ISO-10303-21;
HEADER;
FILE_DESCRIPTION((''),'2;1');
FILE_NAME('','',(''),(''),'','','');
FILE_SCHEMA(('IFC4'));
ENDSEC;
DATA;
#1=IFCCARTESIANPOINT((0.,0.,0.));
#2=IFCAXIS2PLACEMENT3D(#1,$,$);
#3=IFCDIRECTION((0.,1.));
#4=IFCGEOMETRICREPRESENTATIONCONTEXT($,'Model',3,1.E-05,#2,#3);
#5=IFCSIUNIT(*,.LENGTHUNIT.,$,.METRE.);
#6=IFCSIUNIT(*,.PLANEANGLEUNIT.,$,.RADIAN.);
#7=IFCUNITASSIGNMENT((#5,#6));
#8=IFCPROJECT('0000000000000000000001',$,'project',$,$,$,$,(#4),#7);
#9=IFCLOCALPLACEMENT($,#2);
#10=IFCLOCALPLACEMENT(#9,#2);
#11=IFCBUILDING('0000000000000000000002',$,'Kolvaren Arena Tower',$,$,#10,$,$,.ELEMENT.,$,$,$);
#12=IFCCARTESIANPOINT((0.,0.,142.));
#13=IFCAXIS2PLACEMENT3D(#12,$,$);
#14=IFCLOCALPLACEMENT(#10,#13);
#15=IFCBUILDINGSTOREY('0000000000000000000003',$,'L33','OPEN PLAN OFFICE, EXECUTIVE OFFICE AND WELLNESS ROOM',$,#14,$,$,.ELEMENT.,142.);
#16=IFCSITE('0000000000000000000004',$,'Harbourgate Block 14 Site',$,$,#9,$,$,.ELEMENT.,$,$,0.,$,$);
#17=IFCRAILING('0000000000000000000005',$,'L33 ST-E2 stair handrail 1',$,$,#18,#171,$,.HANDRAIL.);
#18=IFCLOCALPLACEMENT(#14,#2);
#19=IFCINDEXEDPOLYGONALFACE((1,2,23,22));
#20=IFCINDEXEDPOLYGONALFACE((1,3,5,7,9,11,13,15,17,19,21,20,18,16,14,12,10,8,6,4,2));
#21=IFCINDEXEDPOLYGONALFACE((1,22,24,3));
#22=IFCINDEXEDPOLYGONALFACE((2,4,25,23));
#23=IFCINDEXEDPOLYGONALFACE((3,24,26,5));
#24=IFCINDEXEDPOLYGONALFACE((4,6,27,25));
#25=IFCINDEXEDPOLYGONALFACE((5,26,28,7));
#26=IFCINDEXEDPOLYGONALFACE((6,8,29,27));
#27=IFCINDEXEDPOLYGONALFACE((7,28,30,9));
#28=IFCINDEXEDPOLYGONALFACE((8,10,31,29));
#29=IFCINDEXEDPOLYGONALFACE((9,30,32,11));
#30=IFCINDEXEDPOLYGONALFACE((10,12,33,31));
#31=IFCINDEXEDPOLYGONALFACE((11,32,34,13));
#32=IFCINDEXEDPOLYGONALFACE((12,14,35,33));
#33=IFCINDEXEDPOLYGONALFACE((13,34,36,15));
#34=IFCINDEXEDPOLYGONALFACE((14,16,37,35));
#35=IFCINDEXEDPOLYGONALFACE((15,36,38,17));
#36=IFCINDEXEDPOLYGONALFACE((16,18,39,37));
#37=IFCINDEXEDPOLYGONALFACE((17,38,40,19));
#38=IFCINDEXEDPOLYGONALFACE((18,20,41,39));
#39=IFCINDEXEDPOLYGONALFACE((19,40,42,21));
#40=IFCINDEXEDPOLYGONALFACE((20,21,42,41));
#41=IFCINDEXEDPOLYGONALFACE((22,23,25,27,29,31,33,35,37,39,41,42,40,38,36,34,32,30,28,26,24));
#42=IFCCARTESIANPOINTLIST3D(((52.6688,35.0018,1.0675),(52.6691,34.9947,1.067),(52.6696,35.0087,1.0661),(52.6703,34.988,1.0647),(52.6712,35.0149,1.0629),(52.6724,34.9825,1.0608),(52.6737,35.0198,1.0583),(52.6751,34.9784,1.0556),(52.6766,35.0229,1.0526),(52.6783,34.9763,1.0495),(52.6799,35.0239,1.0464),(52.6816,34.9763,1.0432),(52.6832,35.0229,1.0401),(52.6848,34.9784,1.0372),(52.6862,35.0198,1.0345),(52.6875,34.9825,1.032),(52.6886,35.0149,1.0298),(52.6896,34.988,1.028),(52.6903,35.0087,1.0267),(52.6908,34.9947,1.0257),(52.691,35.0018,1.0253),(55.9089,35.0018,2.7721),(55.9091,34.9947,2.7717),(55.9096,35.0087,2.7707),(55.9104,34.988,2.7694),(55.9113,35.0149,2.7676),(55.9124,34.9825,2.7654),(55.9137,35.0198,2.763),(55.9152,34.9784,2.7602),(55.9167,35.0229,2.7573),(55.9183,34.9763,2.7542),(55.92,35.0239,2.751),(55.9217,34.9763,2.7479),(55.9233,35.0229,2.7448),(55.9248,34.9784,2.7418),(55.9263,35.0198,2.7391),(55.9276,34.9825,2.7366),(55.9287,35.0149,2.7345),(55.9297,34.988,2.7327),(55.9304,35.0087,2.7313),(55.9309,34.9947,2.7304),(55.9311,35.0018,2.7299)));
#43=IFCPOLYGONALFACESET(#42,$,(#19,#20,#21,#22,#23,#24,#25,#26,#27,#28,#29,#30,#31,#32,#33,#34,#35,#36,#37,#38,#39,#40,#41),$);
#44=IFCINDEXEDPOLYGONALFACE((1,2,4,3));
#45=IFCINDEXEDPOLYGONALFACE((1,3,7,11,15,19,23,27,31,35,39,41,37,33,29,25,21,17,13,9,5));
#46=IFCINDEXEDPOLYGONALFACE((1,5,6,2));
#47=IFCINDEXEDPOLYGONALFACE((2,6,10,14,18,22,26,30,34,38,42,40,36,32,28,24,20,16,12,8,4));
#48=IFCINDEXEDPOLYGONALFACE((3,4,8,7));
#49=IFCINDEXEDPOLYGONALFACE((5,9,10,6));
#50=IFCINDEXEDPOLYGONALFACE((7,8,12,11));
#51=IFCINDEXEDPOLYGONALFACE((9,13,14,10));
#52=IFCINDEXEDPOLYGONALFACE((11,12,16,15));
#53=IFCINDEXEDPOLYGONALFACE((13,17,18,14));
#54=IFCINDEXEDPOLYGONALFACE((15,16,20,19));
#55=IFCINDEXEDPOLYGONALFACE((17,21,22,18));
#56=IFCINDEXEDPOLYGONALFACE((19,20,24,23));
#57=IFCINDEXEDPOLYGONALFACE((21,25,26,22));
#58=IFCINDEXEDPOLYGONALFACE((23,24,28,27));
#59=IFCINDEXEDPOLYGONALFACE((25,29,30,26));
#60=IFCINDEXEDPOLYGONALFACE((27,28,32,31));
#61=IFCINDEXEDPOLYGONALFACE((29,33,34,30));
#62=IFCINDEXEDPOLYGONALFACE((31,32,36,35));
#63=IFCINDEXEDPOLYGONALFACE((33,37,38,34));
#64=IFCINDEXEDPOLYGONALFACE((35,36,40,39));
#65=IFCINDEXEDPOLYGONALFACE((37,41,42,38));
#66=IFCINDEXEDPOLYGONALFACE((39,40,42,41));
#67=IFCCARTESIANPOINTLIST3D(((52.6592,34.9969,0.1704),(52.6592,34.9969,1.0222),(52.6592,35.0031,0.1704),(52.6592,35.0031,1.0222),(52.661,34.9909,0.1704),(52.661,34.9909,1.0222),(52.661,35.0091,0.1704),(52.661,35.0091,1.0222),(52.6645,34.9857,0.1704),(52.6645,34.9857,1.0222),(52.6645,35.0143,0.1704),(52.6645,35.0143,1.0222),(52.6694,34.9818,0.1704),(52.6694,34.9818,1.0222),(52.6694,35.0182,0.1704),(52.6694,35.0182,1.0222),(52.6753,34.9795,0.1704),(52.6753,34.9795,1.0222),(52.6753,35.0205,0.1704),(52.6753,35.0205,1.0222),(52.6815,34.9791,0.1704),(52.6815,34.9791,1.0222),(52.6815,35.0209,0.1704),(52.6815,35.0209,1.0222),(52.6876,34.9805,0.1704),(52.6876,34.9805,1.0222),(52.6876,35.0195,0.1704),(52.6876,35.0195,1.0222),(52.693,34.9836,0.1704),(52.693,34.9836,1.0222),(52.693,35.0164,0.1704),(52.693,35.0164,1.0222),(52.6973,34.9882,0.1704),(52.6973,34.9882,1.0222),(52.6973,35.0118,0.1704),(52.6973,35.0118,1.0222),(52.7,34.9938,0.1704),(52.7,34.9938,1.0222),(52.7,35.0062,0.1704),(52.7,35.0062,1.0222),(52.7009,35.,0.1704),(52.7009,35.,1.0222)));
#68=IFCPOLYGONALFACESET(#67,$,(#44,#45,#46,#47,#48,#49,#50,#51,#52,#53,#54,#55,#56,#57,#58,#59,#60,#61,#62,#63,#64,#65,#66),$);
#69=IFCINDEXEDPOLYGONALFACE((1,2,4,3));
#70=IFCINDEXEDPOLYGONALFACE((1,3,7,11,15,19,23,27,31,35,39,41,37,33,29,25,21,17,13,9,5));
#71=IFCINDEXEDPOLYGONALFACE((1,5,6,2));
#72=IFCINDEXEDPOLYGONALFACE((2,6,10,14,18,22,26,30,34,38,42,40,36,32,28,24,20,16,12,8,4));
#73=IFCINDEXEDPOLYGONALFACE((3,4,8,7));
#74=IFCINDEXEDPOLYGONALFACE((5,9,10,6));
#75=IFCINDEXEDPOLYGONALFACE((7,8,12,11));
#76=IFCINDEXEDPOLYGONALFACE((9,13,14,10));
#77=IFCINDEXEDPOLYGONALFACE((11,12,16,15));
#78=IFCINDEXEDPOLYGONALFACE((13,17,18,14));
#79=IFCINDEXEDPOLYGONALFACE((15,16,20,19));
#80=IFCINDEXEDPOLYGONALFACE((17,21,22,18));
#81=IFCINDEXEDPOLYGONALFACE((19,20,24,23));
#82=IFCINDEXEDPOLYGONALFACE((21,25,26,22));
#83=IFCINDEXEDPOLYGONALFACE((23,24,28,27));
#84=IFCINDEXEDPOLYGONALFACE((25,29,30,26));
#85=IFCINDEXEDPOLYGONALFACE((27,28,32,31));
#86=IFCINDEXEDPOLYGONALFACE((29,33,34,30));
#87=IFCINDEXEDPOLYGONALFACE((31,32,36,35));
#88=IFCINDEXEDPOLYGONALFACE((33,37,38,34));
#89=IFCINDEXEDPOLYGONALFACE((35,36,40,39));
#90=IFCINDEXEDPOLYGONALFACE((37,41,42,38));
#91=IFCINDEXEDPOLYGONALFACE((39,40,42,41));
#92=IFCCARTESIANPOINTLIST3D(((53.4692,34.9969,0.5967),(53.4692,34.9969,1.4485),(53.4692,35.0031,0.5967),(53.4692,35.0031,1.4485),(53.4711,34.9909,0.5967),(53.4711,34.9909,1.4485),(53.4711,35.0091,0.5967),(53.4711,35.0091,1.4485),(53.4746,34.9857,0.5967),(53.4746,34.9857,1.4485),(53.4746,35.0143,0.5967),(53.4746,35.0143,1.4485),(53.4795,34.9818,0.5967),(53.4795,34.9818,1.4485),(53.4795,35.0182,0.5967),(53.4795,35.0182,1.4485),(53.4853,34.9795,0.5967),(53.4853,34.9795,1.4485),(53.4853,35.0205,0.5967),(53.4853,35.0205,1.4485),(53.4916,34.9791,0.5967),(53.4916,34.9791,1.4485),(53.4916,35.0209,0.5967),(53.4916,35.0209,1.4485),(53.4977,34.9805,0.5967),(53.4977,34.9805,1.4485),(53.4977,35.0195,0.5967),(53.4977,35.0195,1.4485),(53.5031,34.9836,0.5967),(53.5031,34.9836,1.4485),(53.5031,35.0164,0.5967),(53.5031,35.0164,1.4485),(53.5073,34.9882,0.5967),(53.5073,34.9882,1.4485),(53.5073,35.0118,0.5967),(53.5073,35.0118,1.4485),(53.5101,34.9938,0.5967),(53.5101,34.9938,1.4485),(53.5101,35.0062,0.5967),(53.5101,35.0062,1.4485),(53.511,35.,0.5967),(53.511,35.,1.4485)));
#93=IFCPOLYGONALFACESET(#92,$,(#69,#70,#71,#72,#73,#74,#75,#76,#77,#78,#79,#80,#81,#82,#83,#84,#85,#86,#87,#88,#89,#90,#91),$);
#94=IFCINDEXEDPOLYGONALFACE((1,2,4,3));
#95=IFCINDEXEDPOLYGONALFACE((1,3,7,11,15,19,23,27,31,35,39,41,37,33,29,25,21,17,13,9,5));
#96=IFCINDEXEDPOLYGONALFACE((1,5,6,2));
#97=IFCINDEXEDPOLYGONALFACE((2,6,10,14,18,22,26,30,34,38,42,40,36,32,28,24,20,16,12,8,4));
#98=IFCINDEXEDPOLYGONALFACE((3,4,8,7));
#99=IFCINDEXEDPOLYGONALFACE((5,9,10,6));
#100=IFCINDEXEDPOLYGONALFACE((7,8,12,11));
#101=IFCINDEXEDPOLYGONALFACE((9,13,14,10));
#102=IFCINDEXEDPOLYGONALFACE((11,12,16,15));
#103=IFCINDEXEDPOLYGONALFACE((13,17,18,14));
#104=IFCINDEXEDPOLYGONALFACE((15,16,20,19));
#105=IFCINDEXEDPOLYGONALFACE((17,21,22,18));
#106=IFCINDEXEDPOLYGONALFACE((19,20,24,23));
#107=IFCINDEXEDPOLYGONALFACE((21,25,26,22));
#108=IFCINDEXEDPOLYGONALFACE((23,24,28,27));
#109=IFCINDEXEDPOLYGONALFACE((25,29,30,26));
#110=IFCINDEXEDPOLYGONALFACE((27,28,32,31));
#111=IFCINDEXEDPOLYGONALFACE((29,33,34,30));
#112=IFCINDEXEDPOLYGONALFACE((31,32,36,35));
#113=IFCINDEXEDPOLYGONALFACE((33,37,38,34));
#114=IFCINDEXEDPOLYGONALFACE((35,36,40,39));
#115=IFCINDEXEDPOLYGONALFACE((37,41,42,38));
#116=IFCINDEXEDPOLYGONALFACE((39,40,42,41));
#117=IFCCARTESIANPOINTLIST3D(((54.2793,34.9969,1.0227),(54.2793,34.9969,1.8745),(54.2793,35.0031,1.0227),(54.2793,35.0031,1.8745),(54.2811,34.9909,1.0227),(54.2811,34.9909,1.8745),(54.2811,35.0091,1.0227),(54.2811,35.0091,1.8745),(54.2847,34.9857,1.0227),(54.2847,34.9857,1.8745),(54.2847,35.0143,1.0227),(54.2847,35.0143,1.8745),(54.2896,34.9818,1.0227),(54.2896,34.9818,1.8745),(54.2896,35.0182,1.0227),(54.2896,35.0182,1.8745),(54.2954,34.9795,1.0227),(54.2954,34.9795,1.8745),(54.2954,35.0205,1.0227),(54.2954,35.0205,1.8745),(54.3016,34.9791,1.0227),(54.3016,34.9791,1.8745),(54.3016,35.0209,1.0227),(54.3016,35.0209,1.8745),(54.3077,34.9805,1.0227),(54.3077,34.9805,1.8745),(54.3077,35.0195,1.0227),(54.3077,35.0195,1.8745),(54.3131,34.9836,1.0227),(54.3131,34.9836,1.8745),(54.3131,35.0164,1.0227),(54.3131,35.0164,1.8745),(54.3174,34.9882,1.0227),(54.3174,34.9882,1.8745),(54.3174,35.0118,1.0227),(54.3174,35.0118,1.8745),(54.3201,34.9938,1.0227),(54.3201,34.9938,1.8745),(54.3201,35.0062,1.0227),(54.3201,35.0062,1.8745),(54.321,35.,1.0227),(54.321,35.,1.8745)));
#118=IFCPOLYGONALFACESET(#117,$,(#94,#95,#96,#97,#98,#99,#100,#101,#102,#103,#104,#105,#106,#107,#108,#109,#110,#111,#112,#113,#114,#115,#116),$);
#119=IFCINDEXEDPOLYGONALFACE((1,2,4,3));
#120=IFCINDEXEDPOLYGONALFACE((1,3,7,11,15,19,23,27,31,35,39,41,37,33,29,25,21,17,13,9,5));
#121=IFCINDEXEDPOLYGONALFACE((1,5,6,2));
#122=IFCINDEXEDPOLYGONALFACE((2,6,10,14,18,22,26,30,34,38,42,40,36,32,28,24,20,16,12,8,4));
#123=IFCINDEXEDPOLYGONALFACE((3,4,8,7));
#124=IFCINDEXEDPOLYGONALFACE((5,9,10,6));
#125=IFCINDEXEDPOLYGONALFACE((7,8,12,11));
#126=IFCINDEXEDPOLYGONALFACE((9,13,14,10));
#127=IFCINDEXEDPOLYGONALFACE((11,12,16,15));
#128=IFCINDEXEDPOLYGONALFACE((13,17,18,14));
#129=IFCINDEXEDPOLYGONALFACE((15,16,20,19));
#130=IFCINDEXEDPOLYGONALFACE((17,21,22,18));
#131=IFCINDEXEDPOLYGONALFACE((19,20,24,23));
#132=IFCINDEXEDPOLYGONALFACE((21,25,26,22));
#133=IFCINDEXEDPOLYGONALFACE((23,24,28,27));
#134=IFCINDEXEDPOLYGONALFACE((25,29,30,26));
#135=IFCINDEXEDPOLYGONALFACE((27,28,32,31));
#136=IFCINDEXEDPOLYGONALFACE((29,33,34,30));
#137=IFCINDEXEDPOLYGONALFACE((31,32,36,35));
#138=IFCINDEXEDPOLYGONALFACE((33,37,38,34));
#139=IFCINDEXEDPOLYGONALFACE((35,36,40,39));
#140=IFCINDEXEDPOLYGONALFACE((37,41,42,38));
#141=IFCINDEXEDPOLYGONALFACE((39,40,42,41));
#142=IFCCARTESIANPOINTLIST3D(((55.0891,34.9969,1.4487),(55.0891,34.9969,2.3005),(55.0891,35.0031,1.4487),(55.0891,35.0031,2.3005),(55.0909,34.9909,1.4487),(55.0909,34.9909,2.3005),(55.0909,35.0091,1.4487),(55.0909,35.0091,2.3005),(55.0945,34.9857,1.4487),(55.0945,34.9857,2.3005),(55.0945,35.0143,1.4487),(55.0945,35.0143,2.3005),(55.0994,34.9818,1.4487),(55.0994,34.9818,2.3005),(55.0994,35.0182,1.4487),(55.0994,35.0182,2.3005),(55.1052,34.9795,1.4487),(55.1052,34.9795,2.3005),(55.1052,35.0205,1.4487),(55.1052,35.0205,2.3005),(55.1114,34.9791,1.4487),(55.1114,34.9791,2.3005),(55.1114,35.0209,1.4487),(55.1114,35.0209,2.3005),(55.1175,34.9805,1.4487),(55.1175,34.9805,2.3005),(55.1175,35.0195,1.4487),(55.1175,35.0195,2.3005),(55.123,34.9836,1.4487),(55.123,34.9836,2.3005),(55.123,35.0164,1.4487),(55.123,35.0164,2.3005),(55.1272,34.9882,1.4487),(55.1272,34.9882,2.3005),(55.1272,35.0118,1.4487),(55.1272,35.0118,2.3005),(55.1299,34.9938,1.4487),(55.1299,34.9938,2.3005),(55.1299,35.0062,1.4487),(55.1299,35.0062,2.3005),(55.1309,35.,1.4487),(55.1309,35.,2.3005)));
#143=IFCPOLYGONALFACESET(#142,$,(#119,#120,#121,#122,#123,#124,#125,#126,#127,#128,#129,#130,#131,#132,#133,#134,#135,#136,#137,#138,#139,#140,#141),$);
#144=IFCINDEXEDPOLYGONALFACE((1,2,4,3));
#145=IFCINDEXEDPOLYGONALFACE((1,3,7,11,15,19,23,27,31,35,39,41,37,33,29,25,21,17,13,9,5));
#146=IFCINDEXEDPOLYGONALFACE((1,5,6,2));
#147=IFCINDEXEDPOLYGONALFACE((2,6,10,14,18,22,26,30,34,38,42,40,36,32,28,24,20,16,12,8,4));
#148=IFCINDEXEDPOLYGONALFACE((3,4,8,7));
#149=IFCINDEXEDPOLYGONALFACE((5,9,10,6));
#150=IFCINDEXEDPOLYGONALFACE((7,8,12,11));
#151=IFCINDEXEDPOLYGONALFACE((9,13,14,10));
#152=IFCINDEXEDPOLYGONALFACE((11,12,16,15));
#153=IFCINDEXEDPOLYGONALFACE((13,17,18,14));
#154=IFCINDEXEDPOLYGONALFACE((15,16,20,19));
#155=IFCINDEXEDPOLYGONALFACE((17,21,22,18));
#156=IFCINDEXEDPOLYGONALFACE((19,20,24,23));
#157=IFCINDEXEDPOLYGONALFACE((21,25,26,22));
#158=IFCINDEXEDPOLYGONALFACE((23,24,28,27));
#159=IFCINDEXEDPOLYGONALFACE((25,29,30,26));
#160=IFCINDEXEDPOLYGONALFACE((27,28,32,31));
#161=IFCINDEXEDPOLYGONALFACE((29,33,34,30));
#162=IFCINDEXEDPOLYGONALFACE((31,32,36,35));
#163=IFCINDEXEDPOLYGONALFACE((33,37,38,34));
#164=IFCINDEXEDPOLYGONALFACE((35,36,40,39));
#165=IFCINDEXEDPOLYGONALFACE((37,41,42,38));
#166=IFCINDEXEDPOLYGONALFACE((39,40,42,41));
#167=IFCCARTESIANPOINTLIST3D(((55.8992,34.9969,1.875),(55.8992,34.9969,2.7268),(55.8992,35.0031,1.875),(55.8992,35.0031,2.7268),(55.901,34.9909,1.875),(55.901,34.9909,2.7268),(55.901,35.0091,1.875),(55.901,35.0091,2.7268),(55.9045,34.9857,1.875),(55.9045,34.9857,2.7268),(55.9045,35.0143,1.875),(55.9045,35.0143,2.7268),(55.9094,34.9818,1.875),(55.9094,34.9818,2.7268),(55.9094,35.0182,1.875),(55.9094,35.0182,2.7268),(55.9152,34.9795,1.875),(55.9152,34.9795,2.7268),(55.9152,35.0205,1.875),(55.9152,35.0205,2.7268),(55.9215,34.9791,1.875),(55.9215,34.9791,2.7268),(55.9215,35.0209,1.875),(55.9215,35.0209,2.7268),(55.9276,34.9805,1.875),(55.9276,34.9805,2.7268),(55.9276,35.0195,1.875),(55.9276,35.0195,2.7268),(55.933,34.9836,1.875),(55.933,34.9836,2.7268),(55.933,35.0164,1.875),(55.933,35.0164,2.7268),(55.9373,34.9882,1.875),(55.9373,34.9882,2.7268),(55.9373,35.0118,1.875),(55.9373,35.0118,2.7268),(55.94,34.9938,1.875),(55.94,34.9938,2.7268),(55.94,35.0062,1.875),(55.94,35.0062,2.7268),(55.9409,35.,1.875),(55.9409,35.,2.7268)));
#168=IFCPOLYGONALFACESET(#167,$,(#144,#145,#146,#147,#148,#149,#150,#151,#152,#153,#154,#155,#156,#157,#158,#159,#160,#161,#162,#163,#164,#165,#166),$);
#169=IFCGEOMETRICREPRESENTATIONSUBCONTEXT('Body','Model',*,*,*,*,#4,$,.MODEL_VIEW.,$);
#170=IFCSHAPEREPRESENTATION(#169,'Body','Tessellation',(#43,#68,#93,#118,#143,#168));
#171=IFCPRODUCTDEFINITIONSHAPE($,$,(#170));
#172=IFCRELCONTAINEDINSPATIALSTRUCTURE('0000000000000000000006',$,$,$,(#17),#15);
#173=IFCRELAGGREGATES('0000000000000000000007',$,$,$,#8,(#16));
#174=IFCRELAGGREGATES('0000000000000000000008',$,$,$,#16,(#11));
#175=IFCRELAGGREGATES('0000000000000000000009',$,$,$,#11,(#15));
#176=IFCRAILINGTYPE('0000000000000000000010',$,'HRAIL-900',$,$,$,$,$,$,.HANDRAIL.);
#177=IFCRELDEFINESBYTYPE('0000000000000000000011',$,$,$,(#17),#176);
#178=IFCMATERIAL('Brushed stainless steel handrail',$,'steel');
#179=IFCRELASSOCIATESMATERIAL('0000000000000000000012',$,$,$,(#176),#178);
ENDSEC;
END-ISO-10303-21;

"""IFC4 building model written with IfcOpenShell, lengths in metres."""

from ifc_helpers import new_model, si_unit, direction, frame, origin, origin_2d, place, context, subcontext, project, spatial, circle, extrude, material, type_object, element, save


model = new_model("IFC4")

# Units and contexts
model_context = context("Model", 3, precision=1e-05, world=origin(), true_north=direction((0.0, 1.0)))
body_context = subcontext(model_context, "Body", "Model", "MODEL_VIEW")
ifc_project = project(units=[si_unit("LENGTHUNIT", "METRE"), si_unit("PLANEANGLEUNIT", "RADIAN")], contexts=[model_context])

# Site, building, storey
site_placement = place(None, origin())
site = spatial("IfcSite", under=ifc_project, at=site_placement, Name="Harbourgate Block 14 Site", CompositionType="ELEMENT", RefElevation=0.0)
building_placement = place(site_placement, origin())
building = spatial("IfcBuilding", under=site, at=building_placement, Name="Kolvaren Arena Tower", CompositionType="ELEMENT")
storey_placement = place(building_placement, frame((0.0, 0.0, 142.0)))
storey = spatial("IfcBuildingStorey", under=building, at=storey_placement, Name="L33", Description="OPEN PLAN OFFICE, EXECUTIVE OFFICE AND WELLNESS ROOM", CompositionType="ELEMENT", Elevation=142.0)

# Railing
ifc_material_1 = material(Name="Brushed stainless steel handrail", Category="steel")
railing_type_1 = type_object("IfcRailingType", Name="HRAIL-900", PredefinedType="HANDRAIL", material=ifc_material_1)
for number, where, name in (
    (1, (52.6799, 35.0, 0.1704), "L33 ST-E2 stair handrail 1"),
):
    element("IfcRailing", number, at=place(storey_placement, frame(where)), inside=storey, type_object=railing_type_1, Name=name, PredefinedType="HANDRAIL", context=body_context, shape_type="SweptSolid", body=[
        extrude(circle(Radius=0.0239, at=origin_2d()), frame((0.0, 0.0, 0.876), z_axis=(0.884993, 0.0, 0.465604), x_axis=(0.0, 1.0, 0.0)), (0.0, 0.0, 1.0), 3.6611),
        extrude(circle(Radius=0.021, at=origin_2d()), origin(), (0.0, 0.0, 1.0), 0.8518),
        extrude(circle(Radius=0.021, at=origin_2d()), frame((0.8101, 0.0, 0.4263)), (0.0, 0.0, 1.0), 0.8518),
        extrude(circle(Radius=0.021, at=origin_2d()), frame((1.6201, 0.0, 0.8523)), (0.0, 0.0, 1.0), 0.8518),
        extrude(circle(Radius=0.021, at=origin_2d()), frame((2.4299, 0.0, 1.2783)), (0.0, 0.0, 1.0), 0.8518),
        extrude(circle(Radius=0.021, at=origin_2d()), frame((3.24, 0.0, 1.7046)), (0.0, 0.0, 1.0), 0.8518),
    ])

save(model, "model.ifc")
